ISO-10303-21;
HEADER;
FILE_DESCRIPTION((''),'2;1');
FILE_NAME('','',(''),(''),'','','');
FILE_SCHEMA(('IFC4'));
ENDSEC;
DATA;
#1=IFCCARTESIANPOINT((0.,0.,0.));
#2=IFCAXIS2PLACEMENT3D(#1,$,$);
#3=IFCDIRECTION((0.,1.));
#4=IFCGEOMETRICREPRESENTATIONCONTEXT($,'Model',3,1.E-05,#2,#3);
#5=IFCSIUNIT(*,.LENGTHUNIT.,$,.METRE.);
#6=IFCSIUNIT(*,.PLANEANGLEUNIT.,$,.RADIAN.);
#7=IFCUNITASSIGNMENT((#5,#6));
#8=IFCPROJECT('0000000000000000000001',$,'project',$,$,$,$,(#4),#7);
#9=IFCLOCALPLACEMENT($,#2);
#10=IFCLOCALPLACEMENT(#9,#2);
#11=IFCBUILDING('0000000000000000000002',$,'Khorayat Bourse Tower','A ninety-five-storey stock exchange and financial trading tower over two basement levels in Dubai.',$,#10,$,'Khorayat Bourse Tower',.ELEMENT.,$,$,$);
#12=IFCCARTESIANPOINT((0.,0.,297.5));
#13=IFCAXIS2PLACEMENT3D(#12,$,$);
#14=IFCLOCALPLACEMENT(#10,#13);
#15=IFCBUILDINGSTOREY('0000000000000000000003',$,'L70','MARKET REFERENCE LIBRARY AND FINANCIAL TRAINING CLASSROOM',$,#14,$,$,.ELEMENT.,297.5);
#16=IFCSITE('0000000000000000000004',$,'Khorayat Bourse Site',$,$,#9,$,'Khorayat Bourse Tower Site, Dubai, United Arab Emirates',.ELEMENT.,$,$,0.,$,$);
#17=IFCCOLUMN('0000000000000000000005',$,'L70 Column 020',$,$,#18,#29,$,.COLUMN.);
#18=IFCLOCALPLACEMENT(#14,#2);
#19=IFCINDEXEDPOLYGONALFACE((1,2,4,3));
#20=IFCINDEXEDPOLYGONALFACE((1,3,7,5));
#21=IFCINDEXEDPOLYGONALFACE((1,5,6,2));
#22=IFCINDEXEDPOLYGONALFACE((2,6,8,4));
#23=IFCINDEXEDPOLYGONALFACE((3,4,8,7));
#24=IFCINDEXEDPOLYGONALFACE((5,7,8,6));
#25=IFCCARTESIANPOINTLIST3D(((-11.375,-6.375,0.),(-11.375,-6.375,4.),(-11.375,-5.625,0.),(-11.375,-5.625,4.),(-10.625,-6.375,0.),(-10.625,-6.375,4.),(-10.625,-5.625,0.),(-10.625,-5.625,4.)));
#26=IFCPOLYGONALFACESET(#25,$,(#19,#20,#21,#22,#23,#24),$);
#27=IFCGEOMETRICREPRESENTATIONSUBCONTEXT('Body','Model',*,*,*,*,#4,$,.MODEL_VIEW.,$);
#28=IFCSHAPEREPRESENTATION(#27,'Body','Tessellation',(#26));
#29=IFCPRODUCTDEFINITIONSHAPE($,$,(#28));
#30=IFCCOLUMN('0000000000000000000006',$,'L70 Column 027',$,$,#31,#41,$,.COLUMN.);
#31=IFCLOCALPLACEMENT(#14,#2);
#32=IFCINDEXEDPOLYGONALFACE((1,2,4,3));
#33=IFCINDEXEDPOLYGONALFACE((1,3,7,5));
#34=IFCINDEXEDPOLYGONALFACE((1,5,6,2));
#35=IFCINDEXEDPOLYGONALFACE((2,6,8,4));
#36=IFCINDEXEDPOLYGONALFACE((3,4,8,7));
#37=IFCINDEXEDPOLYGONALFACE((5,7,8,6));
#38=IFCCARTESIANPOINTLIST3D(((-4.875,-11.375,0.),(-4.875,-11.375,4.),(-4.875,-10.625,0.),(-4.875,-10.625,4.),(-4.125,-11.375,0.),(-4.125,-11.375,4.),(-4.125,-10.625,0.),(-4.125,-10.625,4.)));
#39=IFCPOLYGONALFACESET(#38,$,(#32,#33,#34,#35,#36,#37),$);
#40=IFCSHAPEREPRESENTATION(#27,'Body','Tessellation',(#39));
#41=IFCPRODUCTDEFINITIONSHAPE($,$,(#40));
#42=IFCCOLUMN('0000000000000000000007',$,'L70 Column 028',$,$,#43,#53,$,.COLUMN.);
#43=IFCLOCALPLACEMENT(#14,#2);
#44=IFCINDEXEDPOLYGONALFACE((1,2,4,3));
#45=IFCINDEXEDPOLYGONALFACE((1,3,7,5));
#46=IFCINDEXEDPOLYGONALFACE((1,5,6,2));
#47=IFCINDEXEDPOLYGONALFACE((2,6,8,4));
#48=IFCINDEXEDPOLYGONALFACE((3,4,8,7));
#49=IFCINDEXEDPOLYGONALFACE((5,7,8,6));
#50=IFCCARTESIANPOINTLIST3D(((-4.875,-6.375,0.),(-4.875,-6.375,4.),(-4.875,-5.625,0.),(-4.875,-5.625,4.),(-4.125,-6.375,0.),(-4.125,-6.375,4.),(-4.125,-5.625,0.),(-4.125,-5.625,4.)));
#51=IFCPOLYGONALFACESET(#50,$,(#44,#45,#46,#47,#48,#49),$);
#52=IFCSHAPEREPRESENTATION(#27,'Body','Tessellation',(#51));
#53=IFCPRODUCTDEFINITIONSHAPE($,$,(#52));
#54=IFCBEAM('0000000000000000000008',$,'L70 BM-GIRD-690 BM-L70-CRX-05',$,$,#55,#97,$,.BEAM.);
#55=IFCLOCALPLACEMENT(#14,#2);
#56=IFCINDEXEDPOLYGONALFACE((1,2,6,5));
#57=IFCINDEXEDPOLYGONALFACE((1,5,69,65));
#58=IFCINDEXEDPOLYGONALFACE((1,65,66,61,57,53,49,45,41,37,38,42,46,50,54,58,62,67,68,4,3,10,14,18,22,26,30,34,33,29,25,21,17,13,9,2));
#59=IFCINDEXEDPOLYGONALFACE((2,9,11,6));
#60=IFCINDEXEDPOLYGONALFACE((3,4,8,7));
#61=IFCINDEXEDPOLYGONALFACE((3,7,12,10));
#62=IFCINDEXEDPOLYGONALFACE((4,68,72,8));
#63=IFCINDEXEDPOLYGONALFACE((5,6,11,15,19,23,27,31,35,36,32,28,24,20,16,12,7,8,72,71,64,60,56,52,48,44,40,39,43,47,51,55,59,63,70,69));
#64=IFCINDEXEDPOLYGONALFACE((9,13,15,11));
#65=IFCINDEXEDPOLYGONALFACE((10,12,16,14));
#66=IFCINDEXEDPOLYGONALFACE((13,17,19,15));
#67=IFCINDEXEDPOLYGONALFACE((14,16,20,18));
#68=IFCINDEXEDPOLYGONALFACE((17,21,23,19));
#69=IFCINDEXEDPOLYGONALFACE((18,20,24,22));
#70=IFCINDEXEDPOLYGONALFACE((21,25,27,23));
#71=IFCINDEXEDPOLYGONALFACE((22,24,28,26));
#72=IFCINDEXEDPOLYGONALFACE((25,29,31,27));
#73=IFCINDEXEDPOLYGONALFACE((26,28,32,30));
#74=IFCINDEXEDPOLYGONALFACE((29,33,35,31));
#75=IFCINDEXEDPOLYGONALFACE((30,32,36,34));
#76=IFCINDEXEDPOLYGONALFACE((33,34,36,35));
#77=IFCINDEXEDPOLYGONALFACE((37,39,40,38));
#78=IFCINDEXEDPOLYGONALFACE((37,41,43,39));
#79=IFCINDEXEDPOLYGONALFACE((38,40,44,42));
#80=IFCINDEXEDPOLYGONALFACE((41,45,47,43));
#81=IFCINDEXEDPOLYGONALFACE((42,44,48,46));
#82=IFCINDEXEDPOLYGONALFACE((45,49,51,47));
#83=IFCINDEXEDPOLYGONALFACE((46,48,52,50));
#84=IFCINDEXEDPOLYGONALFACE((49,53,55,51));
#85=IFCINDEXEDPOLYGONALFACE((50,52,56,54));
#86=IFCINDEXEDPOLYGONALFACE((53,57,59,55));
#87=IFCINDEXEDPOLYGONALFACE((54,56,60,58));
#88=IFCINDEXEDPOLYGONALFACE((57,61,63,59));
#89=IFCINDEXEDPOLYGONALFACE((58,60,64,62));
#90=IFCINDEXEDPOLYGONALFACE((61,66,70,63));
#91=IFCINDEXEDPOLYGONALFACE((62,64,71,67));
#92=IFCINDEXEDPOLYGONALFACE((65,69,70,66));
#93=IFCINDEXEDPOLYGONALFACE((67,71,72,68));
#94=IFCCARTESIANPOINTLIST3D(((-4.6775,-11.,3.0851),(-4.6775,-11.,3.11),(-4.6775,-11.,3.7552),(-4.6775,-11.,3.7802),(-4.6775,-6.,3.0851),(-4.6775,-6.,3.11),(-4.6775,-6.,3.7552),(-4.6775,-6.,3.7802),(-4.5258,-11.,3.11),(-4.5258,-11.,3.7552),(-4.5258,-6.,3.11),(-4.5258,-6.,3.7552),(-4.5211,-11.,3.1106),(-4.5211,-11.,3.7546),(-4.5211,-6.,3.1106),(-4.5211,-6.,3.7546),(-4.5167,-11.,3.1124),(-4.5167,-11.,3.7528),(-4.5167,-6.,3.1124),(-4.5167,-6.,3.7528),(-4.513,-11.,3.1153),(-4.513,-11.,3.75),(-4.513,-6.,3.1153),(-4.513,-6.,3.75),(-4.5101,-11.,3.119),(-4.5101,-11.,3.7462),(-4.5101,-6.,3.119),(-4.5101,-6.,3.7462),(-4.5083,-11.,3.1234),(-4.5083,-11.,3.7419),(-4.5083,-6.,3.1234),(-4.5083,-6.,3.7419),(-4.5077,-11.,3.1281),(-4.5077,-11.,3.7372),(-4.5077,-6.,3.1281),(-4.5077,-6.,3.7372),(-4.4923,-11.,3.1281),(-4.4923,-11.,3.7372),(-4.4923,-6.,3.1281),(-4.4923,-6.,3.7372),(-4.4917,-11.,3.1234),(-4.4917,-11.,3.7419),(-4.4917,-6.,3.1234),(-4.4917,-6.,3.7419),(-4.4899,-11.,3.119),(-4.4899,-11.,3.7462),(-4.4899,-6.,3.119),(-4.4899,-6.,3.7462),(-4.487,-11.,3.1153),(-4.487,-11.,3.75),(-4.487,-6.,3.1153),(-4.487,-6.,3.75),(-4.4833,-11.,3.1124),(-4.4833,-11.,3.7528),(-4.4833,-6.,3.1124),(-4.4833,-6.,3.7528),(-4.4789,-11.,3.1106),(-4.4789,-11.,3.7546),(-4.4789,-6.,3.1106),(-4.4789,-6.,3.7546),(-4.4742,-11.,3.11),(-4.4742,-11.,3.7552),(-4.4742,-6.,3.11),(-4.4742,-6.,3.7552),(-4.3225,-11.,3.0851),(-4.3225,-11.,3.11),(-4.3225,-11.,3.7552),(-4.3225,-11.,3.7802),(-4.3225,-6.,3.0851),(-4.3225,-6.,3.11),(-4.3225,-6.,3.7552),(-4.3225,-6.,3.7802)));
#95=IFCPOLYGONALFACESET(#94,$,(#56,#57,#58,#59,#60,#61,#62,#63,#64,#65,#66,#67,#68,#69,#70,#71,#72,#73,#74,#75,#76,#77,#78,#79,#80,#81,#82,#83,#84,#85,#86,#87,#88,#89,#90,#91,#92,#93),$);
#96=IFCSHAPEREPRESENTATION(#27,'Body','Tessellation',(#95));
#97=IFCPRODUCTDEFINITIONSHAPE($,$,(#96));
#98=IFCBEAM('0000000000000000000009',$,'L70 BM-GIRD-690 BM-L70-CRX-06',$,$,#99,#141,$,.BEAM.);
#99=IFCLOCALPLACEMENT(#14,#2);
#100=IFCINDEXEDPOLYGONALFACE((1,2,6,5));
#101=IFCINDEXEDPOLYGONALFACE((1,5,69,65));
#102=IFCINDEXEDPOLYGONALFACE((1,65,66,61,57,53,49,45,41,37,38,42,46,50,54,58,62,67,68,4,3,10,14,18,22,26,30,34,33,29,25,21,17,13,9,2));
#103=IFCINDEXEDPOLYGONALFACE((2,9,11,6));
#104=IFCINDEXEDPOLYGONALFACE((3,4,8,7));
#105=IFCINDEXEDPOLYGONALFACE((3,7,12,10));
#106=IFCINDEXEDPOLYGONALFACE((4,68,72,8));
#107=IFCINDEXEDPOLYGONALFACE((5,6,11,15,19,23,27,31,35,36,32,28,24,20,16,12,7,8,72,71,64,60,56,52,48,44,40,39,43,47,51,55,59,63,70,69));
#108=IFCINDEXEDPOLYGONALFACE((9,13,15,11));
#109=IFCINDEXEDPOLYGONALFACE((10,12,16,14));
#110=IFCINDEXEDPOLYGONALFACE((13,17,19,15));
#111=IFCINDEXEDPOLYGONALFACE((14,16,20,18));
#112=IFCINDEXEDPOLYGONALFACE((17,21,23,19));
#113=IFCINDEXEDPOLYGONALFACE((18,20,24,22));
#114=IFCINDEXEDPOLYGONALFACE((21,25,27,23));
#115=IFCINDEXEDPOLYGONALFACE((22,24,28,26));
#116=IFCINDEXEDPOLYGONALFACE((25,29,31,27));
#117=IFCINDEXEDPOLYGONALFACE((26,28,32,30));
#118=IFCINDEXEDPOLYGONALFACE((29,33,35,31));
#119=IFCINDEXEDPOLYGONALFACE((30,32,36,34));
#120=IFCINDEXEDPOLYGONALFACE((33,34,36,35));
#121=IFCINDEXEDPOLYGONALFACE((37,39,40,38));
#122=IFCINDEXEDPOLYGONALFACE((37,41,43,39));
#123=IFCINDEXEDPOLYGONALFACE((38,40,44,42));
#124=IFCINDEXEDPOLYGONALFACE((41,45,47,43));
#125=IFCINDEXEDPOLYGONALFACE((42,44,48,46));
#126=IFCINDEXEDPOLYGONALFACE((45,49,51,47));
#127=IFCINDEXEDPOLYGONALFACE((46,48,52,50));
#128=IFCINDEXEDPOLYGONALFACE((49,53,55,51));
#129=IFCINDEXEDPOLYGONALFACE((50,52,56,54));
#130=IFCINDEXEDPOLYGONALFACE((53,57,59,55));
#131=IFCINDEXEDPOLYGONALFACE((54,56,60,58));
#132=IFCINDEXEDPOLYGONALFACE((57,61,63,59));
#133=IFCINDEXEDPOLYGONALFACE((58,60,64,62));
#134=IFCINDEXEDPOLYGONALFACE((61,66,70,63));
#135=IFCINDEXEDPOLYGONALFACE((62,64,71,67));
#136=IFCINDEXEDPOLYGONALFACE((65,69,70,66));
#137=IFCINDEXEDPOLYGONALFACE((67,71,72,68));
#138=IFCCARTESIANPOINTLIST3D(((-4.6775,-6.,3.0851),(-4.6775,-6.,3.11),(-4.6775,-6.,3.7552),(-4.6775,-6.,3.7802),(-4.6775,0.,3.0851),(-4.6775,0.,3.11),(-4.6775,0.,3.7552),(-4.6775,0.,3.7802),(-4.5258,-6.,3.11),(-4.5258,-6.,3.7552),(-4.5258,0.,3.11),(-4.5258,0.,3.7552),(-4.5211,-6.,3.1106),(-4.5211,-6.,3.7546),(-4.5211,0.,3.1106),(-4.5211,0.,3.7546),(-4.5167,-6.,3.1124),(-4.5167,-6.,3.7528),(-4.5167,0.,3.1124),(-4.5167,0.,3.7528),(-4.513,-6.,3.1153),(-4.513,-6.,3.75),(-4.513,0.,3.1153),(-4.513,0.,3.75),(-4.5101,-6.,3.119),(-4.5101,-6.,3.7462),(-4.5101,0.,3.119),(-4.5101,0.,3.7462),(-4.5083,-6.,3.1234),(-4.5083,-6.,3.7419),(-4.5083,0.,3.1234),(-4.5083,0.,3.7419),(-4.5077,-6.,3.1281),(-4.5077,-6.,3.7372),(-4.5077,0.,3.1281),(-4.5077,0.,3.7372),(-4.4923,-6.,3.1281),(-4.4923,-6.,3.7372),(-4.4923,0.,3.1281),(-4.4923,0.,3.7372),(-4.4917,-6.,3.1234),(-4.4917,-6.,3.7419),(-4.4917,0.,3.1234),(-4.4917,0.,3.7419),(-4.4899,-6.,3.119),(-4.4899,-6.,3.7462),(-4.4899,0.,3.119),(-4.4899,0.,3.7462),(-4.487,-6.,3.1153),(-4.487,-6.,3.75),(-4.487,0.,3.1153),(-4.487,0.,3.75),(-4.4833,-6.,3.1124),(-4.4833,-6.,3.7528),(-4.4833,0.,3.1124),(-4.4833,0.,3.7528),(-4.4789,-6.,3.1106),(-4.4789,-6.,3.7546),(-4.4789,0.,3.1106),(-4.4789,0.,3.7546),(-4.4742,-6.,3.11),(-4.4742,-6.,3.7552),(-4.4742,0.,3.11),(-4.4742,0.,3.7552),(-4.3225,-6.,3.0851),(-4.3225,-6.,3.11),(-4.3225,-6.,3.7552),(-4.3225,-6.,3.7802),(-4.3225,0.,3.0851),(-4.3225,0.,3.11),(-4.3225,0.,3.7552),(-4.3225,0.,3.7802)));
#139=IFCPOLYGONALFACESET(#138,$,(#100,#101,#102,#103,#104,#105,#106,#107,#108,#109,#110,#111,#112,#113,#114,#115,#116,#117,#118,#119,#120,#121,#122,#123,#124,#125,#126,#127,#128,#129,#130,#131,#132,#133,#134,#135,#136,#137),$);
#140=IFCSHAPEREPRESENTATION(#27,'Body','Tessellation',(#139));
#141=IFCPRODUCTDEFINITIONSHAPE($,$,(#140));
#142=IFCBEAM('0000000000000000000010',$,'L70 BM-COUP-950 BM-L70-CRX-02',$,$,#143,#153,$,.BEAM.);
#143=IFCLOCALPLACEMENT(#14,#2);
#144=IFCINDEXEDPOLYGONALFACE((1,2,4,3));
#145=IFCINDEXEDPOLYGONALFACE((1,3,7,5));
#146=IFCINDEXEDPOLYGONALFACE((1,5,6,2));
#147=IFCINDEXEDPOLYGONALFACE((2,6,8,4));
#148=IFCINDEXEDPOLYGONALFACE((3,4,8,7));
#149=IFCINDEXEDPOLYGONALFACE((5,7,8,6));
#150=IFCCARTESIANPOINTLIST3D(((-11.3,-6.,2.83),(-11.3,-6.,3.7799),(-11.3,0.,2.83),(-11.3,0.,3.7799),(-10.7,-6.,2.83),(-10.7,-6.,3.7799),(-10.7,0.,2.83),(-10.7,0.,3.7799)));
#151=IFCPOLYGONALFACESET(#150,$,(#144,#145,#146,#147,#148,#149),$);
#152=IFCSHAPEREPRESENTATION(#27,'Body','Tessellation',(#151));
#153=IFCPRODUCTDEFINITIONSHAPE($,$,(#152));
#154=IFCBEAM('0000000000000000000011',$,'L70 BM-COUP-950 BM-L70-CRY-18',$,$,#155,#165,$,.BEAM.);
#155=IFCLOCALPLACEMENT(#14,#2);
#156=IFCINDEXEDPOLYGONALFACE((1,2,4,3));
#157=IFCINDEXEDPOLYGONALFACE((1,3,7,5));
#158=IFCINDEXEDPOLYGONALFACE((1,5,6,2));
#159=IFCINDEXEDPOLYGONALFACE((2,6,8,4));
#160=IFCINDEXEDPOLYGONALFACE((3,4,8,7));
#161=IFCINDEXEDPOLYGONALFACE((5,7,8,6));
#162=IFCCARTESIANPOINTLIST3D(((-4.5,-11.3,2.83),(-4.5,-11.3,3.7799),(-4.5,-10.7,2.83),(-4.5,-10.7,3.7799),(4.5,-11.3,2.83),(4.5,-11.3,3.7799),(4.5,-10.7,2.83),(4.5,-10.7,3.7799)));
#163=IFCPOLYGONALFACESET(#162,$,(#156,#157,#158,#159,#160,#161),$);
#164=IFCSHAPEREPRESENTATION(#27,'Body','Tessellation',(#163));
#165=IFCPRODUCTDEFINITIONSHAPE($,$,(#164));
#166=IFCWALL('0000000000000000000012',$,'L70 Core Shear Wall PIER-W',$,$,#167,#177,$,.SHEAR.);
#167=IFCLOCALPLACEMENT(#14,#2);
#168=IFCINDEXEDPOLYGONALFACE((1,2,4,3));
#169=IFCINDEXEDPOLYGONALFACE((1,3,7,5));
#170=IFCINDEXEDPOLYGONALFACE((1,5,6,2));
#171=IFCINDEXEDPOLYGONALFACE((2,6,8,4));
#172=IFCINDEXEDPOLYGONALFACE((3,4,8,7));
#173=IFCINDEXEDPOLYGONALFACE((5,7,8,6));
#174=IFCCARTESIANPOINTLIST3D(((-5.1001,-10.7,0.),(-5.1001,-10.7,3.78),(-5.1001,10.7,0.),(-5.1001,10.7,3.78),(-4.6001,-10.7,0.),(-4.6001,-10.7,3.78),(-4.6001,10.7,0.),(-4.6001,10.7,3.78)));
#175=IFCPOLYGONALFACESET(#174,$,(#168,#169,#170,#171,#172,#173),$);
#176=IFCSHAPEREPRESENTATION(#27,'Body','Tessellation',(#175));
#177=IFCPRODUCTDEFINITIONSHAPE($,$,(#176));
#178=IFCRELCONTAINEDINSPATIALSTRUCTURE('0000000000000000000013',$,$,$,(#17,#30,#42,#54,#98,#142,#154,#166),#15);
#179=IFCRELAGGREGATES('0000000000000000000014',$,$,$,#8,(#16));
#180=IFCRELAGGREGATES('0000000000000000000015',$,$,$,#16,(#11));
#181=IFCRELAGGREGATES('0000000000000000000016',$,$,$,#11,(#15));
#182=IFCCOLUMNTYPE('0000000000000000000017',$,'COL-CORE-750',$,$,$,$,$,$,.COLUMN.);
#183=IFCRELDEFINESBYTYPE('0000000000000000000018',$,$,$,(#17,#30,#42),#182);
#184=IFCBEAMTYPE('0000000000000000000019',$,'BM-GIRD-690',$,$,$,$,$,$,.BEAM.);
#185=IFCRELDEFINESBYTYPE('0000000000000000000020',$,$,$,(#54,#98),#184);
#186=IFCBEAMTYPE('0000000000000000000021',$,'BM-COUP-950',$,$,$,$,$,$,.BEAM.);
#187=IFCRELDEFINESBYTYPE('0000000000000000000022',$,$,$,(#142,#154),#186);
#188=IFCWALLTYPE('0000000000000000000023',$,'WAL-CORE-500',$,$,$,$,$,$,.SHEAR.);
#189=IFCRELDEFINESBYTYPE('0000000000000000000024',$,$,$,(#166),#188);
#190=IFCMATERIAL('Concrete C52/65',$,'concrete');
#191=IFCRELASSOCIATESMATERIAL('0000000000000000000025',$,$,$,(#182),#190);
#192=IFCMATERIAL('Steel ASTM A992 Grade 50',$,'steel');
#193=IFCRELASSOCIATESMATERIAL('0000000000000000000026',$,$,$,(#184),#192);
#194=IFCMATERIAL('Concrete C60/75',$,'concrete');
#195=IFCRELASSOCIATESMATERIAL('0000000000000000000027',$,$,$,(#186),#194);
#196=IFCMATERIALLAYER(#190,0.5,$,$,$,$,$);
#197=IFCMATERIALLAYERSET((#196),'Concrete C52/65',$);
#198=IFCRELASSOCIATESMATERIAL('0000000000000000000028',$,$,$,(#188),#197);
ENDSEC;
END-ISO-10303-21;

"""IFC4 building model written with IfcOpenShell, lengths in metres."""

from ifc_helpers import new_model, si_unit, direction, frame, frame_2d, origin, origin_2d, place, context, subcontext, project, spatial, rectangle, i_section, extrude, source, transform, mapped, material, layer, layer_set, material_profile, profile_set, type_object, element, save


model = new_model("IFC4")

# Units and contexts
model_context = context("Model", 3, precision=1e-05, world=origin(), true_north=direction((0.0, 1.0)))
body_context = subcontext(model_context, "Body", "Model", "MODEL_VIEW")
ifc_project = project(units=[si_unit("LENGTHUNIT", "METRE"), si_unit("PLANEANGLEUNIT", "RADIAN")], contexts=[model_context])

# Site, building, storey
site_placement = place(None, origin())
site = spatial("IfcSite", under=ifc_project, at=site_placement, Name="Khorayat Bourse Site", LongName="Khorayat Bourse Tower Site, Dubai, United Arab Emirates", CompositionType="ELEMENT", RefElevation=0.0)
building_placement = place(site_placement, origin())
building = spatial("IfcBuilding", under=site, at=building_placement, Name="Khorayat Bourse Tower", Description="A ninety-five-storey stock exchange and financial trading tower over two basement levels in Dubai.", LongName="Khorayat Bourse Tower", CompositionType="ELEMENT")
storey_placement = place(building_placement, frame((0.0, 0.0, 297.5)))
storey = spatial("IfcBuildingStorey", under=building, at=storey_placement, Name="L70", Description="MARKET REFERENCE LIBRARY AND FINANCIAL TRAINING CLASSROOM", CompositionType="ELEMENT", Elevation=297.5)

# Columns
ifc_material_1 = material(Name="Concrete C52/65", Category="concrete")
ifc_material_profile_1 = material_profile(ifc_material_1, rectangle(XDim=0.75, YDim=0.75, at=origin_2d()), Name="RC 750x750")
ifc_profile_set_1 = profile_set([ifc_material_profile_1], Name="Concrete C52/65")
column_type = type_object("IfcColumnType", Name="COL-CORE-750", PredefinedType="COLUMN", material=ifc_profile_set_1)
shared_shape_1 = source(origin(), body_context, "Body", "SweptSolid", [
    extrude(rectangle(XDim=0.75, YDim=0.75, at=origin_2d()), origin(), (0.0, 0.0, 1.0), 4.0),
])
for number, where, z_axis, x_axis, name in (
    (1, (-11.0, -6.0, 0.0), (0.0, 0.0, 1.0), (1.0, 0.0, 0.0), "L70 Column 020"),
    (2, (-4.5, -11.0, 0.0), (0.0, 0.0, 1.0), (1.0, 0.0, 0.0), "L70 Column 027"),
    (3, (-4.5, -6.0, 0.0), (0.0, 0.0, 1.0), (1.0, 0.0, 0.0), "L70 Column 028"),
):
    element("IfcColumn", number, at=place(storey_placement, frame(where, z_axis=z_axis, x_axis=x_axis)), inside=storey, type_object=column_type, Name=name, PredefinedType="COLUMN", context=body_context, shape_type="MappedRepresentation", body=[
        mapped(shared_shape_1, transform((0.0, 0.0, 0.0), scale=1.0)),
    ])

# Beams
ifc_material_2 = material(Name="Steel ASTM A992 Grade 50", Category="steel")
ifc_material_profile_2 = material_profile(ifc_material_2, i_section(OverallWidth=0.355, OverallDepth=0.6951, WebThickness=0.0154, FlangeThickness=0.0249, FilletRadius=0.0181, at=origin_2d()), Name="W690X217")
ifc_profile_set_2 = profile_set([ifc_material_profile_2], Name="Steel ASTM A992 Grade 50")
beam_type_1 = type_object("IfcBeamType", Name="BM-GIRD-690", PredefinedType="BEAM", material=ifc_profile_set_2)
shared_shape_2 = source(origin(), body_context, "Body", "SweptSolid", [
    extrude(i_section(OverallWidth=0.355, OverallDepth=0.6951, WebThickness=0.0154, FlangeThickness=0.0249, FilletRadius=0.0181, at=origin_2d()), origin(), (0.0, 0.0, 1.0), 5.0),
])
beam_1_placement = place(storey_placement, frame((-4.5, -11.0, 3.4326), z_axis=(0.0, 1.0, 0.0), x_axis=(-1.0, 0.0, 0.0)))
element("IfcBeam", 4, at=beam_1_placement, inside=storey, type_object=beam_type_1, Name="L70 BM-GIRD-690 BM-L70-CRX-05", PredefinedType="BEAM", context=body_context, shape_type="MappedRepresentation", body=[
    mapped(shared_shape_2, transform((0.0, 0.0, 0.0), scale=1.0)),
])
shared_shape_3 = source(origin(), body_context, "Body", "SweptSolid", [
    extrude(i_section(OverallWidth=0.355, OverallDepth=0.6951, WebThickness=0.0154, FlangeThickness=0.0249, FilletRadius=0.0181, at=origin_2d()), origin(), (0.0, 0.0, 1.0), 6.0),
])
beam_2_placement = place(storey_placement, frame((-4.5, -6.0, 3.4326), z_axis=(0.0, 1.0, 0.0), x_axis=(-1.0, 0.0, 0.0)))
element("IfcBeam", 5, at=beam_2_placement, inside=storey, type_object=beam_type_1, Name="L70 BM-GIRD-690 BM-L70-CRX-06", PredefinedType="BEAM", context=body_context, shape_type="MappedRepresentation", body=[
    mapped(shared_shape_3, transform((0.0, 0.0, 0.0), scale=1.0)),
])
ifc_material_3 = material(Name="Concrete C60/75", Category="concrete")
ifc_material_profile_3 = material_profile(ifc_material_3, rectangle(XDim=0.6001, YDim=0.95, at=origin_2d()), Name="RC 600x950")
ifc_profile_set_3 = profile_set([ifc_material_profile_3], Name="Concrete C60/75")
beam_type_2 = type_object("IfcBeamType", Name="BM-COUP-950", PredefinedType="BEAM", material=ifc_profile_set_3)
shared_shape_4 = source(origin(), body_context, "Body", "SweptSolid", [
    extrude(rectangle(XDim=0.6001, YDim=0.95, at=origin_2d()), origin(), (0.0, 0.0, 1.0), 6.0),
])
beam_3_placement = place(storey_placement, frame((-11.0, -6.0, 3.3049), z_axis=(0.0, 1.0, 0.0), x_axis=(-1.0, 0.0, 0.0)))
element("IfcBeam", 6, at=beam_3_placement, inside=storey, type_object=beam_type_2, Name="L70 BM-COUP-950 BM-L70-CRX-02", PredefinedType="BEAM", context=body_context, shape_type="MappedRepresentation", body=[
    mapped(shared_shape_4, transform((0.0, 0.0, 0.0), scale=1.0)),
])
shared_shape_5 = source(origin(), body_context, "Body", "SweptSolid", [
    extrude(rectangle(XDim=0.6001, YDim=0.95, at=origin_2d()), origin(), (0.0, 0.0, 1.0), 9.0),
])
beam_4_placement = place(storey_placement, frame((-4.5, -11.0, 3.3049), z_axis=(1.0, 0.0, 0.0), x_axis=(0.0, 1.0, 0.0)))
element("IfcBeam", 7, at=beam_4_placement, inside=storey, type_object=beam_type_2, Name="L70 BM-COUP-950 BM-L70-CRY-18", PredefinedType="BEAM", context=body_context, shape_type="MappedRepresentation", body=[
    mapped(shared_shape_5, transform((0.0, 0.0, 0.0), scale=1.0)),
])

# Wall
ifc_layer_1 = layer(ifc_material_1, 0.5)
ifc_layer_set_1 = layer_set([ifc_layer_1], Name="Concrete C52/65")
wall_type_1 = type_object("IfcWallType", Name="WAL-CORE-500", PredefinedType="SHEAR", material=ifc_layer_set_1)
shared_shape_6 = source(origin(), body_context, "Body", "SweptSolid", [
    extrude(rectangle(XDim=21.3999, YDim=0.5, at=frame_2d((10.7, 0.0))), origin(), (0.0, 0.0, 1.0), 3.78),
])
wall_1_placement = place(storey_placement, frame((-4.8501, -10.7, 0.0), z_axis=(0.0, 0.0, 1.0), x_axis=(0.0, 1.0, 0.0)))
element("IfcWall", 8, at=wall_1_placement, inside=storey, type_object=wall_type_1, Name="L70 Core Shear Wall PIER-W", PredefinedType="SHEAR", context=body_context, shape_type="MappedRepresentation", body=[
    mapped(shared_shape_6, transform((0.0, 0.0, 0.0), scale=1.0)),
])

save(model, "model.ifc")
